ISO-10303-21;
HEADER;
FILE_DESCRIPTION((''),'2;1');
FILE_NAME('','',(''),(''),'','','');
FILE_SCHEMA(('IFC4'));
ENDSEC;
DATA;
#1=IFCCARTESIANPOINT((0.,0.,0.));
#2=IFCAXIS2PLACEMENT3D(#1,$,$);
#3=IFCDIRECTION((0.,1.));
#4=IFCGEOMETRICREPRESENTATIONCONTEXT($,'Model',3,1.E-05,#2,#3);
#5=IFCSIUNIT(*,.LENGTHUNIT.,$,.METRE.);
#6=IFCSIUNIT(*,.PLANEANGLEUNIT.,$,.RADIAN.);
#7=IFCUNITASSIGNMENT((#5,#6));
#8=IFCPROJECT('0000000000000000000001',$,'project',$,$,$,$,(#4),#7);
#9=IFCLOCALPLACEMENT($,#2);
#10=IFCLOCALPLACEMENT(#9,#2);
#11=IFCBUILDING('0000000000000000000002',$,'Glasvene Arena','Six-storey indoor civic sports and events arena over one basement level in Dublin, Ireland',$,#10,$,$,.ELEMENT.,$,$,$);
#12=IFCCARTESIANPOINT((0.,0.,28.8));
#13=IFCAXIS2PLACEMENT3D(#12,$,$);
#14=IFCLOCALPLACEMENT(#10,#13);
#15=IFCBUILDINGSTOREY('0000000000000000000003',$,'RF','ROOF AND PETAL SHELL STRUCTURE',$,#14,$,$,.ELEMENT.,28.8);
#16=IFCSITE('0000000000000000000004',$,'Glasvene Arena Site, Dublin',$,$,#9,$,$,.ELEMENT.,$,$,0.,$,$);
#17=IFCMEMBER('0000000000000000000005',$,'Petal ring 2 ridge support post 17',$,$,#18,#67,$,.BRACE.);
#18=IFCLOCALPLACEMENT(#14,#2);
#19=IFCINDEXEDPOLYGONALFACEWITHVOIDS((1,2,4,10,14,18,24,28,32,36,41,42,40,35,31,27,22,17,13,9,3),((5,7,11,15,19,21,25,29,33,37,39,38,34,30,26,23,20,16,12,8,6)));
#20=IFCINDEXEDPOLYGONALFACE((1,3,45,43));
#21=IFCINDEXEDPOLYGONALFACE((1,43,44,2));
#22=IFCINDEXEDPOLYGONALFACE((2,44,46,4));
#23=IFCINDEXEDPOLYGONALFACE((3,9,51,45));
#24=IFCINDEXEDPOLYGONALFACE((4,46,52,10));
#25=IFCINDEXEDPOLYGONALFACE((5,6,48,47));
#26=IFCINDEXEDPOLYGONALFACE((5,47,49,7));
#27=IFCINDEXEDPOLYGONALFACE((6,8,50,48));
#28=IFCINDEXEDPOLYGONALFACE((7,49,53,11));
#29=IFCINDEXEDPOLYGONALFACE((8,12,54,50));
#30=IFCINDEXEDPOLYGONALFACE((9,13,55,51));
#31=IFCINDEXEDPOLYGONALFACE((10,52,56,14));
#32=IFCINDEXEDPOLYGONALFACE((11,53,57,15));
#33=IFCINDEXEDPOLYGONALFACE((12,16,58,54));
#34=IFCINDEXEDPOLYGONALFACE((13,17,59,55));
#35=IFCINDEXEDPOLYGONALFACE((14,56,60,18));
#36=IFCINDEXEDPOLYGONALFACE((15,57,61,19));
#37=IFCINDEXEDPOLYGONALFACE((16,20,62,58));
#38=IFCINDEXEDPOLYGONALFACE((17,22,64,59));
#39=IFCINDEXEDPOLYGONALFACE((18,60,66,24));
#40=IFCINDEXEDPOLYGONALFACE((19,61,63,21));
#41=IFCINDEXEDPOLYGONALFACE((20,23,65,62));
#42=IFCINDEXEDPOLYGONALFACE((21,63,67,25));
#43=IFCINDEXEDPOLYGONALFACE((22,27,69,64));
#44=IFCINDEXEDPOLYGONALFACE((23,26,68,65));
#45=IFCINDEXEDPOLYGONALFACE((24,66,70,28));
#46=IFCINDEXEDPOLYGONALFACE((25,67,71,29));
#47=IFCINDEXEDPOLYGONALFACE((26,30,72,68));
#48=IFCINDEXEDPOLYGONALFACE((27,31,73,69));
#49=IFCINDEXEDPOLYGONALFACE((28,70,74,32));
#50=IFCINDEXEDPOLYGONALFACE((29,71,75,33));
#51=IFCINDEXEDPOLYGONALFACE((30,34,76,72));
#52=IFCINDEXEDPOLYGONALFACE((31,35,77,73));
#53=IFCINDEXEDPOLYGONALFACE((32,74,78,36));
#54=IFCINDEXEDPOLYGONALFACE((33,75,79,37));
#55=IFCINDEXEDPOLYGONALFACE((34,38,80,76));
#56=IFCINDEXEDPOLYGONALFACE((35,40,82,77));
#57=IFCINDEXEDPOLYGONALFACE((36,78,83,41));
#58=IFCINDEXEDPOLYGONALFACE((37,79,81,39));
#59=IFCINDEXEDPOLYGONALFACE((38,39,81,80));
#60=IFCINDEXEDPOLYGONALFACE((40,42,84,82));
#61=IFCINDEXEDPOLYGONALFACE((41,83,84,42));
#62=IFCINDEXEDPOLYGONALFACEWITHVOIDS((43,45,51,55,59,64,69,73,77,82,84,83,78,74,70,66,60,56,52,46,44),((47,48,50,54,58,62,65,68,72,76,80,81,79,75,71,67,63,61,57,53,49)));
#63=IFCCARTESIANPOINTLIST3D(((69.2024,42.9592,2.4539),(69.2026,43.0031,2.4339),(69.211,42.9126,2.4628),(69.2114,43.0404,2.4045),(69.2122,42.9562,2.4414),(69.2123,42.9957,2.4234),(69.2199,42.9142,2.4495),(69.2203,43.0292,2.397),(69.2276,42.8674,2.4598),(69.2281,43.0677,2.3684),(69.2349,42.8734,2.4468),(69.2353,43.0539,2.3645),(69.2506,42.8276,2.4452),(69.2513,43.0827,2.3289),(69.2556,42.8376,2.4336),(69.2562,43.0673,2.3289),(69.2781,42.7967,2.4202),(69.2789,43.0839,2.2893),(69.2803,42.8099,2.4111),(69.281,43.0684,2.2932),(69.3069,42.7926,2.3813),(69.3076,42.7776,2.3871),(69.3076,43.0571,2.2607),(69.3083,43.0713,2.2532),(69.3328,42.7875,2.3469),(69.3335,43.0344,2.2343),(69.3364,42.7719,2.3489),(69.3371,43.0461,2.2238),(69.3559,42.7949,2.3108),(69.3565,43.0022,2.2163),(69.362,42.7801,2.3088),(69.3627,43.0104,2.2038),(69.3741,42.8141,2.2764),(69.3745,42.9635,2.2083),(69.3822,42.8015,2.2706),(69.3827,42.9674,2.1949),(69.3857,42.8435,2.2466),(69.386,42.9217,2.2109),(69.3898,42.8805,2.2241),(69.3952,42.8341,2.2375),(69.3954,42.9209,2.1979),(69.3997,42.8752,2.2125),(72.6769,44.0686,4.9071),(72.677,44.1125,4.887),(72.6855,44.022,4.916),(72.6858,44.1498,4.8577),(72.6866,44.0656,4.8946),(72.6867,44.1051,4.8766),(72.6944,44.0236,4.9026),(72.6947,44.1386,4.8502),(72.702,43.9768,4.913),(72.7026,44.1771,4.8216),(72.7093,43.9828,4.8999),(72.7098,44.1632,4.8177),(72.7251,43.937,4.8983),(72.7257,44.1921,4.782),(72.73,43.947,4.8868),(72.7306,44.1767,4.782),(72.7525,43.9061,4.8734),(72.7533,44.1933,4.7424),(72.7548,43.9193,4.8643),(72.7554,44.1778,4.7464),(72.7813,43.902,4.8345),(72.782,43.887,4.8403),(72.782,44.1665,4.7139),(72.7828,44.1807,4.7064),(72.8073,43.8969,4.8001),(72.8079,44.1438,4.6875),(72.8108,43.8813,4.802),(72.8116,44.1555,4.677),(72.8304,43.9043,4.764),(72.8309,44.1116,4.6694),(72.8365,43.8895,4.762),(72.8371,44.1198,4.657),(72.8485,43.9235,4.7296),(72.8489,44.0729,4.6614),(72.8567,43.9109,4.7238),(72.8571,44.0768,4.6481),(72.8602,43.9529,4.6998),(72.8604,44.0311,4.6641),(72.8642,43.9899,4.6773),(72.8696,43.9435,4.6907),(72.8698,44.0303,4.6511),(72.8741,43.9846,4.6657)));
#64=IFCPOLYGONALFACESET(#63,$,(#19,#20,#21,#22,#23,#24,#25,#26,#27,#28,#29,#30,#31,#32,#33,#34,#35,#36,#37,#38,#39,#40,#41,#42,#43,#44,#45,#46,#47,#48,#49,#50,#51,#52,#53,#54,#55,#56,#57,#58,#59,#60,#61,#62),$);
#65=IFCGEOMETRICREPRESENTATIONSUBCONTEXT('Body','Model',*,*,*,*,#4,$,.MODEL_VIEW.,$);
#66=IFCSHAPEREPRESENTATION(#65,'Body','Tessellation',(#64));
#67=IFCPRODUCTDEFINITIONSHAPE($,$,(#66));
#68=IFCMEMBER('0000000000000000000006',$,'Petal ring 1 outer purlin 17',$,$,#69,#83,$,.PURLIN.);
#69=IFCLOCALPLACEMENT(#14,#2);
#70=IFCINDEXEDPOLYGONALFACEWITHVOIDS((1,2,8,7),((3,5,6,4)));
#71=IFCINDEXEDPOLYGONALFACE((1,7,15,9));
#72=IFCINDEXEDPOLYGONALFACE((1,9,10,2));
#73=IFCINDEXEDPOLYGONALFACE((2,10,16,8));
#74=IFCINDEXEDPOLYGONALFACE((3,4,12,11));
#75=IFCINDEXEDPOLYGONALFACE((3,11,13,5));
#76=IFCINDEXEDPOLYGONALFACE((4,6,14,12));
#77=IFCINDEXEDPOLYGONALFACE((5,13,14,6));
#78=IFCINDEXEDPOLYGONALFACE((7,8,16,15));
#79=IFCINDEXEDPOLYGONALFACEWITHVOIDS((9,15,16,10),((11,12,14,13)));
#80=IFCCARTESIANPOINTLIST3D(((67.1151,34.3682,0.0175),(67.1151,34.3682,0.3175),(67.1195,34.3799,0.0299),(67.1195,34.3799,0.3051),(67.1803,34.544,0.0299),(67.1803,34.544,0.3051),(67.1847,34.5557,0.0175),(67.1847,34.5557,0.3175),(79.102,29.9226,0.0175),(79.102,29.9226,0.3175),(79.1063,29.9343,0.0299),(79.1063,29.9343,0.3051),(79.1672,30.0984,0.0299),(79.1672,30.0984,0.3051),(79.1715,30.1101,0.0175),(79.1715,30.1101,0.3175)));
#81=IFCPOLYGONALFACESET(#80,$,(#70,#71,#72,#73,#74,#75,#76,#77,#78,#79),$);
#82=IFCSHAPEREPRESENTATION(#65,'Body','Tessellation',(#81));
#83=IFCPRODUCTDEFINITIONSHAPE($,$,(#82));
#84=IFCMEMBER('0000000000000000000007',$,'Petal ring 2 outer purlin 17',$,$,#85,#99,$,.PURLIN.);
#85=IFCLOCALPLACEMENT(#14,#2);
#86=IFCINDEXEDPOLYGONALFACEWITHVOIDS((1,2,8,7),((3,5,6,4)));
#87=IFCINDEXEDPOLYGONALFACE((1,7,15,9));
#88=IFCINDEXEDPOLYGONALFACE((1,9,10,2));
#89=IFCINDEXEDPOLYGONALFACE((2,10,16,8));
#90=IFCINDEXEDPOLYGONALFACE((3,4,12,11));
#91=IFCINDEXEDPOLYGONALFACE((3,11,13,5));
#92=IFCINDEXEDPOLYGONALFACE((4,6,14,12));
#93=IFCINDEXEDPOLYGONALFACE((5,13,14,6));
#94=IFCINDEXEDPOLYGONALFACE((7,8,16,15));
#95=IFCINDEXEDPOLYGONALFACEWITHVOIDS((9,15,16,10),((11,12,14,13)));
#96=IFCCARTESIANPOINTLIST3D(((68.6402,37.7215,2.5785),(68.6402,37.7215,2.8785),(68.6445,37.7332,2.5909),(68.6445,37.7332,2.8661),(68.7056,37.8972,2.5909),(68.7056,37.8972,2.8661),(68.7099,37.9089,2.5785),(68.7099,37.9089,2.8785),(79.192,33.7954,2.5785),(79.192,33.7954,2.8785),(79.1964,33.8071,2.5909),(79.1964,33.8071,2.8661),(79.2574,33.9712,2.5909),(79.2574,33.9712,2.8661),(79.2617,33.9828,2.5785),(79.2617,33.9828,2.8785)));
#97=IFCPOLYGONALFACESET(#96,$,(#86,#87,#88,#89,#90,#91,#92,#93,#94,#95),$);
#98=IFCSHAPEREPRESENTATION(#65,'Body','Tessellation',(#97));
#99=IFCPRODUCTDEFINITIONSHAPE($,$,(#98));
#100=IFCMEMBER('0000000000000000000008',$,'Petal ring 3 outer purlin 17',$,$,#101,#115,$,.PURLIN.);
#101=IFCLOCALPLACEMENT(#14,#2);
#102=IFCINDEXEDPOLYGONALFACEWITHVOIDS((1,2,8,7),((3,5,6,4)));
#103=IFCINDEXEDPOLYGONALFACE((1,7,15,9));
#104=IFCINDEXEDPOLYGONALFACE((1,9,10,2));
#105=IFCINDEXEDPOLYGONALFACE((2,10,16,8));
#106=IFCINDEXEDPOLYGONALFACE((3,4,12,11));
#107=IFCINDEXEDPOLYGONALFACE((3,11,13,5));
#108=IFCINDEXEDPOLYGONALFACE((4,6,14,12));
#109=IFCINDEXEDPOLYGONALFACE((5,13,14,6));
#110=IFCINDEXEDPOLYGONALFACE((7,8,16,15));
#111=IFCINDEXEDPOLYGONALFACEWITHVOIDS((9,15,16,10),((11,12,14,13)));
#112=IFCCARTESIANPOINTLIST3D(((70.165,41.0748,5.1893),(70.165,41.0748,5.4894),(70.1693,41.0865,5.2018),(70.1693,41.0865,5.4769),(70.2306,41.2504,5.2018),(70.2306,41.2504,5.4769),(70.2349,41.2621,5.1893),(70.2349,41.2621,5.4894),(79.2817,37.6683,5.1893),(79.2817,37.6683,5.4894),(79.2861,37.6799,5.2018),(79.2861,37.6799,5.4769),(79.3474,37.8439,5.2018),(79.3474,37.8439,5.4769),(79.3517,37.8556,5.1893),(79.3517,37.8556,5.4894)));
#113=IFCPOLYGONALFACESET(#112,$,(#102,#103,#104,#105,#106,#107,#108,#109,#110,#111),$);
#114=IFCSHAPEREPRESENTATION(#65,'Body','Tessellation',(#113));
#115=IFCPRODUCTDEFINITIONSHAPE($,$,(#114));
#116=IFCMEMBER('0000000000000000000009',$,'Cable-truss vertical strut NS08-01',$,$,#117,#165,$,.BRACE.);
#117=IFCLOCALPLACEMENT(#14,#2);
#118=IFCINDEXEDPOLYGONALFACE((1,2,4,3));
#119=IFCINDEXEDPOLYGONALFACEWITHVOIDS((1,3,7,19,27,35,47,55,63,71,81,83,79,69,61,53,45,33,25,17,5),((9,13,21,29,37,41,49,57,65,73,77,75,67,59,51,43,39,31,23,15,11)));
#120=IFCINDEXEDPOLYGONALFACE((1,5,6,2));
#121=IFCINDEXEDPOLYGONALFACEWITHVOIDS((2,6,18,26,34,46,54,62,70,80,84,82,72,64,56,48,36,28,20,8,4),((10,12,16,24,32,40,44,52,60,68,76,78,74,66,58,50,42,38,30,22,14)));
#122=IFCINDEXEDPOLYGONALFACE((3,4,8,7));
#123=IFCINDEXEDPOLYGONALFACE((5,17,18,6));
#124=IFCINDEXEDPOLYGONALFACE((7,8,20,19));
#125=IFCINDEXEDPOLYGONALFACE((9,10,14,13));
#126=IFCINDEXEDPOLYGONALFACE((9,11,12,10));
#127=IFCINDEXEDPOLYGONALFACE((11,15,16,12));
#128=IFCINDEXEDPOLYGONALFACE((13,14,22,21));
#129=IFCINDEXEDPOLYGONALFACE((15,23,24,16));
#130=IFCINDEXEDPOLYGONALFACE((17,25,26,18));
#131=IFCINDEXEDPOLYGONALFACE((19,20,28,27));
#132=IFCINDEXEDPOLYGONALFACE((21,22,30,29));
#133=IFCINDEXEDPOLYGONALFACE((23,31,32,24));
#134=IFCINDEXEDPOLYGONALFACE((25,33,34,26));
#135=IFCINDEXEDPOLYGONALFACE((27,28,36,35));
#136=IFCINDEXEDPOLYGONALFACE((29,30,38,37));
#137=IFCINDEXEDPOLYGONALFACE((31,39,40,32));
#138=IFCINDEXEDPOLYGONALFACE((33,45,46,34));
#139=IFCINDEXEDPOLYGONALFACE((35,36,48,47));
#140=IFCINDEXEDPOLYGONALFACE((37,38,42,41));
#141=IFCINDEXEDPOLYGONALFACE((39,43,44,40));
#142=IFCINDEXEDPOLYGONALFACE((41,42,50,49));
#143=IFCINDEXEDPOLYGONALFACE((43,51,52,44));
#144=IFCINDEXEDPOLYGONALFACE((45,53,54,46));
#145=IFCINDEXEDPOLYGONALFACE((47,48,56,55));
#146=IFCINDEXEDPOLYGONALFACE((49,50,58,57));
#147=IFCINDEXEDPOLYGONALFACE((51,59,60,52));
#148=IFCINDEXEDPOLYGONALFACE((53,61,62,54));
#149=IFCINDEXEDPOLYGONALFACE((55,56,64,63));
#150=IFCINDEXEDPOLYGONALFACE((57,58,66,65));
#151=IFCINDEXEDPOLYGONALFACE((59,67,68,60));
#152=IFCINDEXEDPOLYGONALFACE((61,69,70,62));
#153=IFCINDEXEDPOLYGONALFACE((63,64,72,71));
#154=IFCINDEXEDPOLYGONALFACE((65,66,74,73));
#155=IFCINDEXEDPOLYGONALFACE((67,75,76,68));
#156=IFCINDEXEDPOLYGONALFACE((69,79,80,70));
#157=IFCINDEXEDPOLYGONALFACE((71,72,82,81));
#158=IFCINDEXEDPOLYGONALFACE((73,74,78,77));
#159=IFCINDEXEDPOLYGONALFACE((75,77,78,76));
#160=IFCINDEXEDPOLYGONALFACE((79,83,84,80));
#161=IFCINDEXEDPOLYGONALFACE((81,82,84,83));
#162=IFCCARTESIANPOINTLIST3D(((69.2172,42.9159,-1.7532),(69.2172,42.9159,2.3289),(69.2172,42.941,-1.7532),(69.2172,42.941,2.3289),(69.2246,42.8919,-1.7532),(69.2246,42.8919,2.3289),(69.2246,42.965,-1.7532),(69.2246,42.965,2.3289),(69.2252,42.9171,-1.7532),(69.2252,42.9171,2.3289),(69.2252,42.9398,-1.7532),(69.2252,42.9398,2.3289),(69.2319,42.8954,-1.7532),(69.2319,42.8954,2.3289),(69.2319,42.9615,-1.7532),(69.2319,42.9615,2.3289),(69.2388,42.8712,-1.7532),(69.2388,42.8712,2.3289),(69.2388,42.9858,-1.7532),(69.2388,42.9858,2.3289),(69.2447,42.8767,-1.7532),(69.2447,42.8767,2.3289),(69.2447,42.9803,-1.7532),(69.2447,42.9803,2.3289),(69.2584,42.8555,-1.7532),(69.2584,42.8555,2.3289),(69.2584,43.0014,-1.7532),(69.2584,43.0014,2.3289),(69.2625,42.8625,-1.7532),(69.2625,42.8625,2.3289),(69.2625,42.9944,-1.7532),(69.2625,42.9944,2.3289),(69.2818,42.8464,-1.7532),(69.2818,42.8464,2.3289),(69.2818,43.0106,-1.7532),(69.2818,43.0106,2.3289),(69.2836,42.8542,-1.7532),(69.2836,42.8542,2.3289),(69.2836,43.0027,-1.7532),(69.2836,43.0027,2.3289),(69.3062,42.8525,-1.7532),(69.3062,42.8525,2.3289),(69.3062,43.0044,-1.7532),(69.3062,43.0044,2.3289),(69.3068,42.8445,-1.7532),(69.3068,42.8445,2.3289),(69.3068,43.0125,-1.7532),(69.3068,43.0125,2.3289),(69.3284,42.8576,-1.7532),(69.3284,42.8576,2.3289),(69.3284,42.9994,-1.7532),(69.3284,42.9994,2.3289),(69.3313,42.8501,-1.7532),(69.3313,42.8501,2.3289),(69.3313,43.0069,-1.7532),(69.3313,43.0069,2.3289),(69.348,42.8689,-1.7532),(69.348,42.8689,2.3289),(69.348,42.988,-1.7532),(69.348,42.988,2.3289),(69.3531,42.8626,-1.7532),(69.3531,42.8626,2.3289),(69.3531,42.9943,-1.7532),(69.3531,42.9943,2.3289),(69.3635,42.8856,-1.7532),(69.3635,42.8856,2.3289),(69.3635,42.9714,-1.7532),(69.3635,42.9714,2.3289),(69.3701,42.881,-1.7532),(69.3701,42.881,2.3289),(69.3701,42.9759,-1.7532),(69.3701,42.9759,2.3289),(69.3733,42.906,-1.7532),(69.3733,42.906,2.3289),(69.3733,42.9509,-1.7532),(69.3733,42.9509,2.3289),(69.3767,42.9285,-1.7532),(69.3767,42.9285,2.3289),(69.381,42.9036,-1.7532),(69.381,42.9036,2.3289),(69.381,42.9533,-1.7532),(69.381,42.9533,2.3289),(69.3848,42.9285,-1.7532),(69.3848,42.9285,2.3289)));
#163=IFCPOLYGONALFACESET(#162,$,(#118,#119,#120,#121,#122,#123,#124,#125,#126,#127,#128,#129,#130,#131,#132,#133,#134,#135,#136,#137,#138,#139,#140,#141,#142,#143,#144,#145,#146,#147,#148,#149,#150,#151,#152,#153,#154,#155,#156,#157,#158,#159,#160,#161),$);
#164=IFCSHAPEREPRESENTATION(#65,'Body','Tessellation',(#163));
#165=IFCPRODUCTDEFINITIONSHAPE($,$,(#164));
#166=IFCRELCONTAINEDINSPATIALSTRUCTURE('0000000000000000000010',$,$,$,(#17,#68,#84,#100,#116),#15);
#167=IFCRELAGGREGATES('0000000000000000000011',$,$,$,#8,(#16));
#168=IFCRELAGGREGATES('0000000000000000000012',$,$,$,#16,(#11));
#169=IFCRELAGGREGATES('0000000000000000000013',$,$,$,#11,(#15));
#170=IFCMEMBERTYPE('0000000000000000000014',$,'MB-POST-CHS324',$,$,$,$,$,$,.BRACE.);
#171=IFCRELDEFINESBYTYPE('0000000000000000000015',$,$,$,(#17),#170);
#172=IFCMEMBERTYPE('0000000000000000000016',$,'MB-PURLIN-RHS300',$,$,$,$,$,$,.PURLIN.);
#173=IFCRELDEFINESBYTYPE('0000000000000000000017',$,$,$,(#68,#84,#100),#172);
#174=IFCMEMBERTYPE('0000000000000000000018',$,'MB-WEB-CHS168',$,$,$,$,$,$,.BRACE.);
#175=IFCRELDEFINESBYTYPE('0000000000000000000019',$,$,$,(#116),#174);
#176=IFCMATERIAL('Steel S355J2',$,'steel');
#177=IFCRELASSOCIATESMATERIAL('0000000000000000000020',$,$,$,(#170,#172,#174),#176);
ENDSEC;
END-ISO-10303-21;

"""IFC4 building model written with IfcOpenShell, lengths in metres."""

from ifc_helpers import new_model, si_unit, direction, frame, origin, origin_2d, place, context, subcontext, project, spatial, hollow_rectangle, hollow_circle, extrude, material, material_profile, profile_set, type_object, element, save


model = new_model("IFC4")

# Units and contexts
model_context = context("Model", 3, precision=1e-05, world=origin(), true_north=direction((0.0, 1.0)))
body_context = subcontext(model_context, "Body", "Model", "MODEL_VIEW")
ifc_project = project(units=[si_unit("LENGTHUNIT", "METRE"), si_unit("PLANEANGLEUNIT", "RADIAN")], contexts=[model_context])

# Site, building, storey
site_placement = place(None, origin())
site = spatial("IfcSite", under=ifc_project, at=site_placement, Name="Glasvene Arena Site, Dublin", CompositionType="ELEMENT", RefElevation=0.0)
building_placement = place(site_placement, origin())
building = spatial("IfcBuilding", under=site, at=building_placement, Name="Glasvene Arena", Description="Six-storey indoor civic sports and events arena over one basement level in Dublin, Ireland", CompositionType="ELEMENT")
storey_placement = place(building_placement, frame((0.0, 0.0, 28.8)))
storey = spatial("IfcBuildingStorey", under=building, at=storey_placement, Name="RF", Description="ROOF AND PETAL SHELL STRUCTURE", CompositionType="ELEMENT", Elevation=28.8)

# Members
ifc_material_1 = material(Name="Steel S355J2", Category="steel")
ifc_material_profile_1 = material_profile(ifc_material_1, hollow_circle(Radius=0.1619, WallThickness=0.0161, at=origin_2d()), Name="CHS 323.9x16.0")
ifc_profile_set_1 = profile_set([ifc_material_profile_1], Name="Steel S355J2")
member_type_1 = type_object("IfcMemberType", Name="MB-POST-CHS324", PredefinedType="BRACE", material=ifc_profile_set_1)
member_1_placement = place(storey_placement, frame((69.3005, 42.9285, 2.3289), z_axis=(0.790451, 0.252393, 0.558109), x_axis=(-0.304173, 0.952617, 0.0)))
element("IfcMember", 1, at=member_1_placement, inside=storey, type_object=member_type_1, Name="Petal ring 2 ridge support post 17", PredefinedType="BRACE", context=body_context, shape_type="SweptSolid", body=[
    extrude(hollow_circle(Radius=0.1619, WallThickness=0.0161, at=origin_2d()), origin(), (0.0, 0.0, 1.0), 4.3955),
])
ifc_material_profile_2 = material_profile(ifc_material_1, hollow_rectangle(XDim=0.2, YDim=0.3, WallThickness=0.0125, at=origin_2d()), Name="RHS 300x200x12.5")
ifc_profile_set_2 = profile_set([ifc_material_profile_2], Name="Steel S355J2")
member_type_2 = type_object("IfcMemberType", Name="MB-PURLIN-RHS300", PredefinedType="PURLIN", material=ifc_profile_set_2)
member_2_placement = place(storey_placement, frame((67.1499, 34.4619, 0.1675), z_axis=(0.937596, -0.347727, 0.0), x_axis=(0.347727, 0.937596, 0.0)))
element("IfcMember", 2, at=member_2_placement, inside=storey, type_object=member_type_2, Name="Petal ring 1 outer purlin 17", PredefinedType="PURLIN", context=body_context, shape_type="SweptSolid", body=[
    extrude(hollow_rectangle(XDim=0.2, YDim=0.3, WallThickness=0.0125, at=origin_2d()), origin(), (0.0, 0.0, 1.0), 12.7847),
])
member_3_placement = place(storey_placement, frame((68.675, 37.8152, 2.7285), z_axis=(0.937228, -0.348717, 0.0), x_axis=(0.348717, 0.937228, 0.0)))
element("IfcMember", 3, at=member_3_placement, inside=storey, type_object=member_type_2, Name="Petal ring 2 outer purlin 17", PredefinedType="PURLIN", context=body_context, shape_type="SweptSolid", body=[
    extrude(hollow_rectangle(XDim=0.2, YDim=0.3, WallThickness=0.0125, at=origin_2d()), origin(), (0.0, 0.0, 1.0), 11.2585),
])
member_4_placement = place(storey_placement, frame((70.2, 41.1685, 5.3394), z_axis=(0.936743, -0.350018, 0.0), x_axis=(0.350018, 0.936743, 0.0)))
element("IfcMember", 4, at=member_4_placement, inside=storey, type_object=member_type_2, Name="Petal ring 3 outer purlin 17", PredefinedType="PURLIN", context=body_context, shape_type="SweptSolid", body=[
    extrude(hollow_rectangle(XDim=0.2, YDim=0.3, WallThickness=0.0125, at=origin_2d()), origin(), (0.0, 0.0, 1.0), 9.7324),
])
ifc_material_profile_3 = material_profile(ifc_material_1, hollow_circle(Radius=0.0842, WallThickness=0.0081, at=origin_2d()), Name="CHS 168.3x8.0")
ifc_profile_set_3 = profile_set([ifc_material_profile_3], Name="Steel S355J2")
member_type_3 = type_object("IfcMemberType", Name="MB-WEB-CHS168", PredefinedType="BRACE", material=ifc_profile_set_3)
member_5_placement = place(storey_placement, frame((69.3005, 42.9285, -1.7532), z_axis=(0.0, 0.0, 1.0), x_axis=(1.0, 0.0, 0.0)))
element("IfcMember", 5, at=member_5_placement, inside=storey, type_object=member_type_3, Name="Cable-truss vertical strut NS08-01", PredefinedType="BRACE", context=body_context, shape_type="SweptSolid", body=[
    extrude(hollow_circle(Radius=0.0842, WallThickness=0.0081, at=origin_2d()), origin(), (0.0, 0.0, 1.0), 4.082),
])

save(model, "model.ifc")
